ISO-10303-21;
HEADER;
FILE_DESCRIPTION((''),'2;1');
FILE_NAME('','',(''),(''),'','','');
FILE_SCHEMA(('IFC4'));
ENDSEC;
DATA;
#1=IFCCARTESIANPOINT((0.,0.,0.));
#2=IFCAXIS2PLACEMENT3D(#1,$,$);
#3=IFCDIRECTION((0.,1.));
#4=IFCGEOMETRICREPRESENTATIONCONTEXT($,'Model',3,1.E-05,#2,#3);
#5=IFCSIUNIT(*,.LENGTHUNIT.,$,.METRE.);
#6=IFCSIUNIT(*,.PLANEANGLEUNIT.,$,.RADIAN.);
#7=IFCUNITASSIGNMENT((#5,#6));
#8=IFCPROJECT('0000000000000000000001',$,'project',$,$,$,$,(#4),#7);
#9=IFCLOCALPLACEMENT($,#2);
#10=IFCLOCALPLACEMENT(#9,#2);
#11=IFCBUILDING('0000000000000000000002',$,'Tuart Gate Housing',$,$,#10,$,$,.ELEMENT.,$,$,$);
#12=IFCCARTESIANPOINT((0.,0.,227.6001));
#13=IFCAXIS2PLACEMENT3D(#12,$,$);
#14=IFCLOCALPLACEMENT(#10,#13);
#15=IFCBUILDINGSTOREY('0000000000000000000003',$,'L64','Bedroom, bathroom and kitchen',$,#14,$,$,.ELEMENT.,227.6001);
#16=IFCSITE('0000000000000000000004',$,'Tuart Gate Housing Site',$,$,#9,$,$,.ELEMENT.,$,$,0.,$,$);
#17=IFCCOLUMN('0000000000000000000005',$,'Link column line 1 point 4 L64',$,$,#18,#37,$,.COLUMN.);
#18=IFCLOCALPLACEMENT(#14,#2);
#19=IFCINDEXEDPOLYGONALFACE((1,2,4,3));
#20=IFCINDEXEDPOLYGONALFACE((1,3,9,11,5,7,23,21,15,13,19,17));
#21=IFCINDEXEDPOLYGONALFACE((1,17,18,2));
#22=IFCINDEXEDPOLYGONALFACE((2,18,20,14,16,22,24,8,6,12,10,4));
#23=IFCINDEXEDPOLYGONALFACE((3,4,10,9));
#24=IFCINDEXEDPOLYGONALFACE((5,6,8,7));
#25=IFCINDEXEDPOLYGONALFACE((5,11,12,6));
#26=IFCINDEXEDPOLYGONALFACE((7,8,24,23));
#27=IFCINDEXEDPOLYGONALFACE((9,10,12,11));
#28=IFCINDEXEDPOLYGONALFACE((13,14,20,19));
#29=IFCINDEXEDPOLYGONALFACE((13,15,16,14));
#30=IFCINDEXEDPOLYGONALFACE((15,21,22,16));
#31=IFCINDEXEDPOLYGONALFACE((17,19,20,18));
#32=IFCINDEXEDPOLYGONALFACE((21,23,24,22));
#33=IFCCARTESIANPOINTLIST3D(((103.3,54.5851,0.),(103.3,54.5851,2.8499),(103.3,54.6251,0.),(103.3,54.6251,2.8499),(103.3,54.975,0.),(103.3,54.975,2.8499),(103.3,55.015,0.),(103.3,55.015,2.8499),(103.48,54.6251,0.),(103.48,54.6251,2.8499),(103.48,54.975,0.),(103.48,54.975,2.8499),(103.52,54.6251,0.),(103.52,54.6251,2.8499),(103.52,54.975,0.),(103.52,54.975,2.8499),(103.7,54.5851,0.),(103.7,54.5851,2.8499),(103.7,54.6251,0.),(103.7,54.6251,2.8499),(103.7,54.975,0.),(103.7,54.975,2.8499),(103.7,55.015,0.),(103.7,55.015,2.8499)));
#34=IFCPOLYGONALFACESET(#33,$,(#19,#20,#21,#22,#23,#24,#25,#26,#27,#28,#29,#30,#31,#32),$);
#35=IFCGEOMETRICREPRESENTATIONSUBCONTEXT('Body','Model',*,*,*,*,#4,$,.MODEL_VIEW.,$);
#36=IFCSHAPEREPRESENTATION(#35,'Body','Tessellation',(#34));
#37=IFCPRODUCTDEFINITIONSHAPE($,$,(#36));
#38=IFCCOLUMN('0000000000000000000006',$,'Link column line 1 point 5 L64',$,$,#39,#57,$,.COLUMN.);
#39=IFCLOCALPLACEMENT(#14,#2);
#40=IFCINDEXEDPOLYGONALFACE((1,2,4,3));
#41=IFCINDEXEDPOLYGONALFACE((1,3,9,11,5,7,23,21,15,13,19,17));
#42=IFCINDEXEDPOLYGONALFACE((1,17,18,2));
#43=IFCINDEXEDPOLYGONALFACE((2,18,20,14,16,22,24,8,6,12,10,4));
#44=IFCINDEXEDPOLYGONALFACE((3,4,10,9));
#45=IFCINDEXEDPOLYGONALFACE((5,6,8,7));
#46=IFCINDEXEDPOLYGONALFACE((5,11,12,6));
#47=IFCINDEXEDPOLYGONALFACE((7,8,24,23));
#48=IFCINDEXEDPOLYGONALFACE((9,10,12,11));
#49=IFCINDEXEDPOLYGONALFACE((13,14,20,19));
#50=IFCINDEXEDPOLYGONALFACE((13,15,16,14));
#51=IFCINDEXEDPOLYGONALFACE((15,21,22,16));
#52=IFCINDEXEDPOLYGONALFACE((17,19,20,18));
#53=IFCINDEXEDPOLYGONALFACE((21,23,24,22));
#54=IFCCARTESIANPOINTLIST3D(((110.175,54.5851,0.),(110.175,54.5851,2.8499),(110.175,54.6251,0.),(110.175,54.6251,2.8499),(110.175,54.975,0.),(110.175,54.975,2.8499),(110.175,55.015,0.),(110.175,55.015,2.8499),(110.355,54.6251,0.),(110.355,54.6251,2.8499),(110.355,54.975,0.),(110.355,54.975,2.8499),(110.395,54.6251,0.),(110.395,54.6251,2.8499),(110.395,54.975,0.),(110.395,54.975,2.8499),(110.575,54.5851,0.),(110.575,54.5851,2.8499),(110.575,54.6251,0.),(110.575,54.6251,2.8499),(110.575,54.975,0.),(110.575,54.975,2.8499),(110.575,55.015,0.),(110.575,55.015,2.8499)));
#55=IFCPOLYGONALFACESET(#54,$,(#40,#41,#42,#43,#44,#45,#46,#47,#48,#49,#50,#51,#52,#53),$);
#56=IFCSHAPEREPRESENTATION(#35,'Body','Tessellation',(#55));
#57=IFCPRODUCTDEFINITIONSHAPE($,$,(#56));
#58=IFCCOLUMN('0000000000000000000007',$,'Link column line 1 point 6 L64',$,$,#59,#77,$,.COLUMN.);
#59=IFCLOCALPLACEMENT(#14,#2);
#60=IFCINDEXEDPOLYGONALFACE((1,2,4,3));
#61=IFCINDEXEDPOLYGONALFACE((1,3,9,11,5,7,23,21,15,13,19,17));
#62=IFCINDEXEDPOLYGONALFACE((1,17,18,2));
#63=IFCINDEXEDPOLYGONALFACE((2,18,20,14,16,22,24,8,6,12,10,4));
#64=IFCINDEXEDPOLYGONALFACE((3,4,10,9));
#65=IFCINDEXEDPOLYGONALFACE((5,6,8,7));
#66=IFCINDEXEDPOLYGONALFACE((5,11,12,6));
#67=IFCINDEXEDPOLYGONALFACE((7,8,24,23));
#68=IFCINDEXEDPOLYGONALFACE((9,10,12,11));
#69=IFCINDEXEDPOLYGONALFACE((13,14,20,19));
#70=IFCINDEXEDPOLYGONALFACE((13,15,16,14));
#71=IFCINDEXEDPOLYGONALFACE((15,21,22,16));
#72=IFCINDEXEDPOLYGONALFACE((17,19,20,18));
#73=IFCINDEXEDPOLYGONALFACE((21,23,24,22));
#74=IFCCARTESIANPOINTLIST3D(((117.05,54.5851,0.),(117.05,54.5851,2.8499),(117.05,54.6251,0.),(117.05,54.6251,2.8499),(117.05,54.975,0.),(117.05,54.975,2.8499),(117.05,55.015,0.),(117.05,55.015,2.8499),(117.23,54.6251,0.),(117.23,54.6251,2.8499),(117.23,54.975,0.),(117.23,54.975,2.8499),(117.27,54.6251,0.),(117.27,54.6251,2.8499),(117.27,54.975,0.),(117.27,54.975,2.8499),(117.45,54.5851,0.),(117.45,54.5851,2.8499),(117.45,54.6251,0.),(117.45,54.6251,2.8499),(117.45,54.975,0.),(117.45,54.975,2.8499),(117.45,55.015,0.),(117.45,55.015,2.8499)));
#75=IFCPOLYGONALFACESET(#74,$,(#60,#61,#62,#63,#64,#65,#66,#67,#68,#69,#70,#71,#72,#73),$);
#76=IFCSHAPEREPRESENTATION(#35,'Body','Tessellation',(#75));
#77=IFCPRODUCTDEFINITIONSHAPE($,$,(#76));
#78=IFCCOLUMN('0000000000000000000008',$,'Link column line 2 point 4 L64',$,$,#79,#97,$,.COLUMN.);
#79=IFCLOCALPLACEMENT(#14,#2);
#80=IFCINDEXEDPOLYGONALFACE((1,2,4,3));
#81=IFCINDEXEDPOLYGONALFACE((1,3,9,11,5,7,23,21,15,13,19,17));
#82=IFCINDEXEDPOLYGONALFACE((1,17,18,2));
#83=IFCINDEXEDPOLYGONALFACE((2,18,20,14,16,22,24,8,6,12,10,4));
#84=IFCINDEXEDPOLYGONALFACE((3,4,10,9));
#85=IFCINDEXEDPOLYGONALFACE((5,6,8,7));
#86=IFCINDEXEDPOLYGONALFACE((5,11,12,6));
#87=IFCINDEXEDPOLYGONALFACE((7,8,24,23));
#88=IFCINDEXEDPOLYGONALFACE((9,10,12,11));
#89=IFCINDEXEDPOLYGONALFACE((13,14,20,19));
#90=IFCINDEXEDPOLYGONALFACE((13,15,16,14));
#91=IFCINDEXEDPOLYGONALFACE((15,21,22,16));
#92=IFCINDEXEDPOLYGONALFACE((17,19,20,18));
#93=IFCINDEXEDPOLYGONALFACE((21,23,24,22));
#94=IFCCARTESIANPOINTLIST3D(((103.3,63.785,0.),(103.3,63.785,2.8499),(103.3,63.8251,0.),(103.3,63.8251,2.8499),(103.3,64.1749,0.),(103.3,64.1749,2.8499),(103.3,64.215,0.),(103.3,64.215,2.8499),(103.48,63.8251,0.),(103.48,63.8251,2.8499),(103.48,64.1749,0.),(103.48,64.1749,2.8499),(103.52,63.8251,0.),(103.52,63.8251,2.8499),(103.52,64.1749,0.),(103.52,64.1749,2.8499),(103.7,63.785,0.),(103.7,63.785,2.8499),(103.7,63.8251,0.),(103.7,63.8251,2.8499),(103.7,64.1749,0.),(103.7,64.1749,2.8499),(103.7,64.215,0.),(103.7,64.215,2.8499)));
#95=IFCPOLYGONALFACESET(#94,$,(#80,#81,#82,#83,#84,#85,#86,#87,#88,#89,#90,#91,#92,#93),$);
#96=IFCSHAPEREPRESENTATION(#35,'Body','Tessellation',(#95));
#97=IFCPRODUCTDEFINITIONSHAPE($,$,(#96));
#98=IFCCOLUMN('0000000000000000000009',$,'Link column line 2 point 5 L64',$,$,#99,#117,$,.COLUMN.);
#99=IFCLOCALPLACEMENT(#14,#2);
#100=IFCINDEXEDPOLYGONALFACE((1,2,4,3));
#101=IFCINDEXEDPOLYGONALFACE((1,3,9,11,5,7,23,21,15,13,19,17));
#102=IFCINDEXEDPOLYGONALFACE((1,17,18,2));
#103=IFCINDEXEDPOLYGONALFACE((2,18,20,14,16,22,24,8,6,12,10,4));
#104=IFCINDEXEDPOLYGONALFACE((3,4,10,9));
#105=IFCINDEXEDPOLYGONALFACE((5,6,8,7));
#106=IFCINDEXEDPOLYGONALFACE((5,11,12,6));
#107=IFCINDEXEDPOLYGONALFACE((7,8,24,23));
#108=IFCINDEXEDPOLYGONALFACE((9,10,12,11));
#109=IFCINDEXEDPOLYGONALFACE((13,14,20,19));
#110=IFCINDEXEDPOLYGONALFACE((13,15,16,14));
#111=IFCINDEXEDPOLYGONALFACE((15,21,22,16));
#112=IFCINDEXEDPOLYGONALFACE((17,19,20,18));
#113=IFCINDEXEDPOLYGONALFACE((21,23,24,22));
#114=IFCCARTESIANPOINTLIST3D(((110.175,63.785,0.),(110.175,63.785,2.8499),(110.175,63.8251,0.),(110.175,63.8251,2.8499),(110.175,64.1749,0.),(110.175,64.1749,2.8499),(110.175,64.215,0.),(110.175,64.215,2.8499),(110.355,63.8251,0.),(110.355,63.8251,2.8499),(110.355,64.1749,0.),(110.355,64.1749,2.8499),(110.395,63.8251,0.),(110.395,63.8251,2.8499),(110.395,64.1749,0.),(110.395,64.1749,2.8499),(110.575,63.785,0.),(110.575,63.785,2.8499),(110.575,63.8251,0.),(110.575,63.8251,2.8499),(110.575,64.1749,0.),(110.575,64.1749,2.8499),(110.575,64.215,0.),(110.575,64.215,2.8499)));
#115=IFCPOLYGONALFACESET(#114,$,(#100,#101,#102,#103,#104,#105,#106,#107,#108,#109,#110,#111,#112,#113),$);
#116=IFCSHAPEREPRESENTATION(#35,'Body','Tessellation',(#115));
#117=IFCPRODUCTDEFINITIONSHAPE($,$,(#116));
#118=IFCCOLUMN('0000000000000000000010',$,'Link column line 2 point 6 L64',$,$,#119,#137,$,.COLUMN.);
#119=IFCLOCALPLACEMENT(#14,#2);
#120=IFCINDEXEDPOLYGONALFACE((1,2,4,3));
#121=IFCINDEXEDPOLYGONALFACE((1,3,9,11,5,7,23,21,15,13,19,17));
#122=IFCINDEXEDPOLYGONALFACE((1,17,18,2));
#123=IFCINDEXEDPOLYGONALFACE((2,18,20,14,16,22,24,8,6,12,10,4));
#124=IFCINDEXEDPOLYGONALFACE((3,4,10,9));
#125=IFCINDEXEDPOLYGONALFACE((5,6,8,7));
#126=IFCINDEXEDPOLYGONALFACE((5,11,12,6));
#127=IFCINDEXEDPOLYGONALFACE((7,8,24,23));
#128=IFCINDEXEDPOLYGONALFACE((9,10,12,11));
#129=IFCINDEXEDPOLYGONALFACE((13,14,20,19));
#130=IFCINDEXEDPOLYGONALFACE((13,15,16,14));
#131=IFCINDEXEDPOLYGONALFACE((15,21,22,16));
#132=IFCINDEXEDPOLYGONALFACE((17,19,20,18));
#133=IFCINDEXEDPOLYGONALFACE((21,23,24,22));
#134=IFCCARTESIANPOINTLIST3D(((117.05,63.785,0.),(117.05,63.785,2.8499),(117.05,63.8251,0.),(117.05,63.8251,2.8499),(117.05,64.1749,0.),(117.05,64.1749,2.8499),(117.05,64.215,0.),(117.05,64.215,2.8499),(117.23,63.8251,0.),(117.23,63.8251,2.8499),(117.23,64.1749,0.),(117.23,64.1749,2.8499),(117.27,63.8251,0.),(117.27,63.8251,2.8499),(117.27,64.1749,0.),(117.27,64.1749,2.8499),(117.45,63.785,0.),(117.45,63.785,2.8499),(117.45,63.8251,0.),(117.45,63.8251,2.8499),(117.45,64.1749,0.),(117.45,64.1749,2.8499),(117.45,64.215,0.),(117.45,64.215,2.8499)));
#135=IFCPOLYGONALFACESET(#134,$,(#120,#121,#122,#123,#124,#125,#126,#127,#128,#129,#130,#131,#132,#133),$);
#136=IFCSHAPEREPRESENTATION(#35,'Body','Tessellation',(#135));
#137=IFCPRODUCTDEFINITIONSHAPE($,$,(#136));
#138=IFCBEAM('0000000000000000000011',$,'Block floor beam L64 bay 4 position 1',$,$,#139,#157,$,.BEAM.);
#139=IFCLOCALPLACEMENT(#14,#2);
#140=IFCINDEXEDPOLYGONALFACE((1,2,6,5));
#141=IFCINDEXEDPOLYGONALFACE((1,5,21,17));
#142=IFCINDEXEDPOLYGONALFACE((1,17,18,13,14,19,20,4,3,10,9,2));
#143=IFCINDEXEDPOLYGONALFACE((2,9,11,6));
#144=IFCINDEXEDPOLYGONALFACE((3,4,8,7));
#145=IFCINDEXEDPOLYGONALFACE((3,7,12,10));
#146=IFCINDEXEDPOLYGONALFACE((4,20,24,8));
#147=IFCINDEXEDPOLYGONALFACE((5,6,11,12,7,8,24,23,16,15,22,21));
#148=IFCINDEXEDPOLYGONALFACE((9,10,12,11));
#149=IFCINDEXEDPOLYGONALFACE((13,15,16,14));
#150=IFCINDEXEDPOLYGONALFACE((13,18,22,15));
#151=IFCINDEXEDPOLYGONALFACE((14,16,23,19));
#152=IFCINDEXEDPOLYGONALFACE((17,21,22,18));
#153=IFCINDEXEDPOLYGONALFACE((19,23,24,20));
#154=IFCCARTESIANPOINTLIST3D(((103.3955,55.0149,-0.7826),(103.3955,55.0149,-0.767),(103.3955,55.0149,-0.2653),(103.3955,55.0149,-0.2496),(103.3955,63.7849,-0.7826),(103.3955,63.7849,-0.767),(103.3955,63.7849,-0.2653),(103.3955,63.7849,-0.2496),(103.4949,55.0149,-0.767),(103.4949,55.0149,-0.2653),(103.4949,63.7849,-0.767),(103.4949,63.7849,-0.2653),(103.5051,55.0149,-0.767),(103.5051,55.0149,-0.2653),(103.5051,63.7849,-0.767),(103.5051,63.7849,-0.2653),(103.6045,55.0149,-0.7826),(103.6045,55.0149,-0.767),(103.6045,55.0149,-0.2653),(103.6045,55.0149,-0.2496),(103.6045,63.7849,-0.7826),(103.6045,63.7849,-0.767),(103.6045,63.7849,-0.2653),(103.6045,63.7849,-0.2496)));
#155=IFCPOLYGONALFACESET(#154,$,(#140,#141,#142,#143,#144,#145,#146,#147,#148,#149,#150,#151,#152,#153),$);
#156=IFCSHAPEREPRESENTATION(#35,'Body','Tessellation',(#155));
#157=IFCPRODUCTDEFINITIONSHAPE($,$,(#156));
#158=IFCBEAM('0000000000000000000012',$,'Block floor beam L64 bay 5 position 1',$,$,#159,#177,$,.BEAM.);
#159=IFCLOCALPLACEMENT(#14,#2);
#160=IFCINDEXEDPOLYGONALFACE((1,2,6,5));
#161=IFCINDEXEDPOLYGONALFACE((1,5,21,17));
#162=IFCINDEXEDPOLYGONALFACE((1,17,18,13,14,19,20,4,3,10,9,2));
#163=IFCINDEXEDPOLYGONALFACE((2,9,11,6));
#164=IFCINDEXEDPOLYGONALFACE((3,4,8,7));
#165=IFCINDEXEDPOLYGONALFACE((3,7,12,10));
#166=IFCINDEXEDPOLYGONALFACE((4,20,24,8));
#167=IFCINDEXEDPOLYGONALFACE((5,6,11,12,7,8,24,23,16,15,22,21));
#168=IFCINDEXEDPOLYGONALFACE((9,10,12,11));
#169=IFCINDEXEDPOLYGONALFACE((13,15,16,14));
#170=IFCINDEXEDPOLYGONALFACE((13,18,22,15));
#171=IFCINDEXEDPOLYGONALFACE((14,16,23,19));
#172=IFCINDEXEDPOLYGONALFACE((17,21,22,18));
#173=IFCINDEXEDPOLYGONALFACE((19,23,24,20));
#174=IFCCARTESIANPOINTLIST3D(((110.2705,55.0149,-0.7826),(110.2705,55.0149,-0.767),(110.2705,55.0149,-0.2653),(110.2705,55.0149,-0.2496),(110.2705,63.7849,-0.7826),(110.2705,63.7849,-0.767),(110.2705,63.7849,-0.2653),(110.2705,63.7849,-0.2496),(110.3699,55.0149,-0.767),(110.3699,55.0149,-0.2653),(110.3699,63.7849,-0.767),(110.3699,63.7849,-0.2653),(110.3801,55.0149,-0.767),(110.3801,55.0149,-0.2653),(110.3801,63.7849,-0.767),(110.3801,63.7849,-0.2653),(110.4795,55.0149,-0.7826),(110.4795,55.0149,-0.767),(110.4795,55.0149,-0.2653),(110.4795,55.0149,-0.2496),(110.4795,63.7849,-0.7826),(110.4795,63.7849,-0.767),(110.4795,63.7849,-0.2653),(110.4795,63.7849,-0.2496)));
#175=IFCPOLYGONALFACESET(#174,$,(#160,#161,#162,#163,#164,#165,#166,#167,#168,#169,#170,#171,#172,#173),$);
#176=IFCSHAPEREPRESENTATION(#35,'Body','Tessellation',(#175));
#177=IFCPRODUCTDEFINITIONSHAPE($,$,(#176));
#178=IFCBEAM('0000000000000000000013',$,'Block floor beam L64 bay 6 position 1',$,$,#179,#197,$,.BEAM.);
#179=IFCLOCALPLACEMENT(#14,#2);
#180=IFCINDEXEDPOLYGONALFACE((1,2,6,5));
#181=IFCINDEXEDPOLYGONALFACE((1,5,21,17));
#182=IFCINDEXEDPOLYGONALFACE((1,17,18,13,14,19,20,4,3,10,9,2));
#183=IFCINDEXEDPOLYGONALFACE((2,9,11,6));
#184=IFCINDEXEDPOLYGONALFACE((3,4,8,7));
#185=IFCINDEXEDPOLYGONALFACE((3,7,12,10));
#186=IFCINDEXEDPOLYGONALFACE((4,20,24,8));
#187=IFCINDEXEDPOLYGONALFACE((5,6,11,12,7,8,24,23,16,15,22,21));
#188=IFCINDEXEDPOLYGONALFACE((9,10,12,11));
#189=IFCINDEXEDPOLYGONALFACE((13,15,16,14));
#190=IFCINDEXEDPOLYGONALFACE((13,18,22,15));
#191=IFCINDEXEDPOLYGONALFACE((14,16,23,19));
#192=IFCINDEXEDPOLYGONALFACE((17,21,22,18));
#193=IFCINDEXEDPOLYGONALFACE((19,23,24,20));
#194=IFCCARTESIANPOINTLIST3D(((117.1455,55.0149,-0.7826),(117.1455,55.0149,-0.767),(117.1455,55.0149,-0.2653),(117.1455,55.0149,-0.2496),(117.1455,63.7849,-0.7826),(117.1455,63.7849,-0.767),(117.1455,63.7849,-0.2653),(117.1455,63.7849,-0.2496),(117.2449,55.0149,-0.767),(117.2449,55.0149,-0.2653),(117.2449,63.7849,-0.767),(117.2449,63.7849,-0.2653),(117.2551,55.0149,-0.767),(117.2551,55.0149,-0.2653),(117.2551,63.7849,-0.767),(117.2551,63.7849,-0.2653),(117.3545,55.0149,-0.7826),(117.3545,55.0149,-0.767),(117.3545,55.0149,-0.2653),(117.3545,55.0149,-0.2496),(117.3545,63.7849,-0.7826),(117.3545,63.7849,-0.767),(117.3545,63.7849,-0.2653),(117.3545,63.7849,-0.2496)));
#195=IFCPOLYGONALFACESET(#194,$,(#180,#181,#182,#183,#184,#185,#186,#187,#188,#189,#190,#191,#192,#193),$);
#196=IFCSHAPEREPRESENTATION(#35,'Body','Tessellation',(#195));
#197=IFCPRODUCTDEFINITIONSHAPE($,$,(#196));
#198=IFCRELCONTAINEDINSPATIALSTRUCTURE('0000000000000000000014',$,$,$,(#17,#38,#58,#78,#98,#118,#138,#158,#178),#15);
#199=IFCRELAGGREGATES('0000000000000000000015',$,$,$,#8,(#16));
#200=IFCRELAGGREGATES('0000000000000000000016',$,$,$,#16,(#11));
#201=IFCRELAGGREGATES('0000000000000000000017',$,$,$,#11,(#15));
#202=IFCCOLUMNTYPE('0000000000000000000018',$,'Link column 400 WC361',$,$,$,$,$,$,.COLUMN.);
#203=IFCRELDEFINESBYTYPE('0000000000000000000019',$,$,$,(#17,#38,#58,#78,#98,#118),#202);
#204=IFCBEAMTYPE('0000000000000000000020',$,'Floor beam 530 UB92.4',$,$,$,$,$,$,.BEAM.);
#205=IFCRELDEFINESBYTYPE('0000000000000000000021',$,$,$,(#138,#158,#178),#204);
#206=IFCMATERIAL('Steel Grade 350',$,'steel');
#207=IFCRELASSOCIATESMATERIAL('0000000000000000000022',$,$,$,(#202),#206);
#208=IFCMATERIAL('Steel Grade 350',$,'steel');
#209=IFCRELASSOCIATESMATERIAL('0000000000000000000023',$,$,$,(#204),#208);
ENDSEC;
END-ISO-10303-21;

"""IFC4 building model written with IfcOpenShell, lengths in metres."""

from ifc_helpers import new_model, si_unit, direction, frame, origin, origin_2d, place, context, subcontext, project, spatial, i_section, extrude, material, material_profile, profile_set, type_object, element, save


model = new_model("IFC4")

# Units and contexts
model_context = context("Model", 3, precision=1e-05, world=origin(), true_north=direction((0.0, 1.0)))
body_context = subcontext(model_context, "Body", "Model", "MODEL_VIEW")
ifc_project = project(units=[si_unit("LENGTHUNIT", "METRE"), si_unit("PLANEANGLEUNIT", "RADIAN")], contexts=[model_context])

# Site, building, storey
site_placement = place(None, origin())
site = spatial("IfcSite", under=ifc_project, at=site_placement, Name="Tuart Gate Housing Site", CompositionType="ELEMENT", RefElevation=0.0)
building_placement = place(site_placement, origin())
building = spatial("IfcBuilding", under=site, at=building_placement, Name="Tuart Gate Housing", CompositionType="ELEMENT")
storey_placement = place(building_placement, frame((0.0, 0.0, 227.6001)))
storey = spatial("IfcBuildingStorey", under=building, at=storey_placement, Name="L64", Description="Bedroom, bathroom and kitchen", CompositionType="ELEMENT", Elevation=227.6001)

# Columns
ifc_material_1 = material(Name="Steel Grade 350", Category="steel")
ifc_material_profile_1 = material_profile(ifc_material_1, i_section(OverallWidth=0.3999, OverallDepth=0.4299, WebThickness=0.04, FlangeThickness=0.04, at=origin_2d()), Name="400WC361")
ifc_profile_set_1 = profile_set([ifc_material_profile_1], Name="Steel Grade 350")
column_type = type_object("IfcColumnType", Name="Link column 400 WC361", PredefinedType="COLUMN", material=ifc_profile_set_1)
for number, where, z_axis, x_axis, name in (
    (1, (103.5, 54.8, 0.0), (0.0, 0.0, 1.0), (1.0, 0.0, 0.0), "Link column line 1 point 4 L64"),
    (2, (110.375, 54.8, 0.0), (0.0, 0.0, 1.0), (1.0, 0.0, 0.0), "Link column line 1 point 5 L64"),
    (3, (117.25, 54.8, 0.0), (0.0, 0.0, 1.0), (1.0, 0.0, 0.0), "Link column line 1 point 6 L64"),
    (4, (103.5, 64.0, 0.0), (0.0, 0.0, 1.0), (1.0, 0.0, 0.0), "Link column line 2 point 4 L64"),
    (5, (110.375, 64.0, 0.0), (0.0, 0.0, 1.0), (1.0, 0.0, 0.0), "Link column line 2 point 5 L64"),
    (6, (117.25, 64.0, 0.0), (0.0, 0.0, 1.0), (1.0, 0.0, 0.0), "Link column line 2 point 6 L64"),
):
    element("IfcColumn", number, at=place(storey_placement, frame(where, z_axis=z_axis, x_axis=x_axis)), inside=storey, type_object=column_type, Name=name, PredefinedType="COLUMN", context=body_context, shape_type="SweptSolid", body=[
        extrude(i_section(OverallWidth=0.3999, OverallDepth=0.4299, WebThickness=0.04, FlangeThickness=0.04, at=origin_2d()), origin(), (0.0, 0.0, 1.0), 2.8499),
    ])

# Beams
ifc_material_2 = material(Name="Steel Grade 350", Category="steel")
ifc_material_profile_2 = material_profile(ifc_material_2, i_section(OverallWidth=0.209, OverallDepth=0.533, WebThickness=0.0103, FlangeThickness=0.0156, at=origin_2d()), Name="530UB92.4")
ifc_profile_set_2 = profile_set([ifc_material_profile_2], Name="Steel Grade 350")
beam_type_1 = type_object("IfcBeamType", Name="Floor beam 530 UB92.4", PredefinedType="BEAM", material=ifc_profile_set_2)
for number, where, z_axis, x_axis, name in (
    (7, (103.5, 55.0149, -0.5161), (0.0, 1.0, 0.0), (-1.0, 0.0, 0.0), "Block floor beam L64 bay 4 position 1"),
    (8, (110.375, 55.0149, -0.5161), (0.0, 1.0, 0.0), (-1.0, 0.0, 0.0), "Block floor beam L64 bay 5 position 1"),
    (9, (117.25, 55.0149, -0.5161), (0.0, 1.0, 0.0), (-1.0, 0.0, 0.0), "Block floor beam L64 bay 6 position 1"),
):
    element("IfcBeam", number, at=place(storey_placement, frame(where, z_axis=z_axis, x_axis=x_axis)), inside=storey, type_object=beam_type_1, Name=name, PredefinedType="BEAM", context=body_context, shape_type="SweptSolid", body=[
        extrude(i_section(OverallWidth=0.209, OverallDepth=0.533, WebThickness=0.0103, FlangeThickness=0.0156, at=origin_2d()), origin(), (0.0, 0.0, 1.0), 8.77),
    ])

save(model, "model.ifc")
